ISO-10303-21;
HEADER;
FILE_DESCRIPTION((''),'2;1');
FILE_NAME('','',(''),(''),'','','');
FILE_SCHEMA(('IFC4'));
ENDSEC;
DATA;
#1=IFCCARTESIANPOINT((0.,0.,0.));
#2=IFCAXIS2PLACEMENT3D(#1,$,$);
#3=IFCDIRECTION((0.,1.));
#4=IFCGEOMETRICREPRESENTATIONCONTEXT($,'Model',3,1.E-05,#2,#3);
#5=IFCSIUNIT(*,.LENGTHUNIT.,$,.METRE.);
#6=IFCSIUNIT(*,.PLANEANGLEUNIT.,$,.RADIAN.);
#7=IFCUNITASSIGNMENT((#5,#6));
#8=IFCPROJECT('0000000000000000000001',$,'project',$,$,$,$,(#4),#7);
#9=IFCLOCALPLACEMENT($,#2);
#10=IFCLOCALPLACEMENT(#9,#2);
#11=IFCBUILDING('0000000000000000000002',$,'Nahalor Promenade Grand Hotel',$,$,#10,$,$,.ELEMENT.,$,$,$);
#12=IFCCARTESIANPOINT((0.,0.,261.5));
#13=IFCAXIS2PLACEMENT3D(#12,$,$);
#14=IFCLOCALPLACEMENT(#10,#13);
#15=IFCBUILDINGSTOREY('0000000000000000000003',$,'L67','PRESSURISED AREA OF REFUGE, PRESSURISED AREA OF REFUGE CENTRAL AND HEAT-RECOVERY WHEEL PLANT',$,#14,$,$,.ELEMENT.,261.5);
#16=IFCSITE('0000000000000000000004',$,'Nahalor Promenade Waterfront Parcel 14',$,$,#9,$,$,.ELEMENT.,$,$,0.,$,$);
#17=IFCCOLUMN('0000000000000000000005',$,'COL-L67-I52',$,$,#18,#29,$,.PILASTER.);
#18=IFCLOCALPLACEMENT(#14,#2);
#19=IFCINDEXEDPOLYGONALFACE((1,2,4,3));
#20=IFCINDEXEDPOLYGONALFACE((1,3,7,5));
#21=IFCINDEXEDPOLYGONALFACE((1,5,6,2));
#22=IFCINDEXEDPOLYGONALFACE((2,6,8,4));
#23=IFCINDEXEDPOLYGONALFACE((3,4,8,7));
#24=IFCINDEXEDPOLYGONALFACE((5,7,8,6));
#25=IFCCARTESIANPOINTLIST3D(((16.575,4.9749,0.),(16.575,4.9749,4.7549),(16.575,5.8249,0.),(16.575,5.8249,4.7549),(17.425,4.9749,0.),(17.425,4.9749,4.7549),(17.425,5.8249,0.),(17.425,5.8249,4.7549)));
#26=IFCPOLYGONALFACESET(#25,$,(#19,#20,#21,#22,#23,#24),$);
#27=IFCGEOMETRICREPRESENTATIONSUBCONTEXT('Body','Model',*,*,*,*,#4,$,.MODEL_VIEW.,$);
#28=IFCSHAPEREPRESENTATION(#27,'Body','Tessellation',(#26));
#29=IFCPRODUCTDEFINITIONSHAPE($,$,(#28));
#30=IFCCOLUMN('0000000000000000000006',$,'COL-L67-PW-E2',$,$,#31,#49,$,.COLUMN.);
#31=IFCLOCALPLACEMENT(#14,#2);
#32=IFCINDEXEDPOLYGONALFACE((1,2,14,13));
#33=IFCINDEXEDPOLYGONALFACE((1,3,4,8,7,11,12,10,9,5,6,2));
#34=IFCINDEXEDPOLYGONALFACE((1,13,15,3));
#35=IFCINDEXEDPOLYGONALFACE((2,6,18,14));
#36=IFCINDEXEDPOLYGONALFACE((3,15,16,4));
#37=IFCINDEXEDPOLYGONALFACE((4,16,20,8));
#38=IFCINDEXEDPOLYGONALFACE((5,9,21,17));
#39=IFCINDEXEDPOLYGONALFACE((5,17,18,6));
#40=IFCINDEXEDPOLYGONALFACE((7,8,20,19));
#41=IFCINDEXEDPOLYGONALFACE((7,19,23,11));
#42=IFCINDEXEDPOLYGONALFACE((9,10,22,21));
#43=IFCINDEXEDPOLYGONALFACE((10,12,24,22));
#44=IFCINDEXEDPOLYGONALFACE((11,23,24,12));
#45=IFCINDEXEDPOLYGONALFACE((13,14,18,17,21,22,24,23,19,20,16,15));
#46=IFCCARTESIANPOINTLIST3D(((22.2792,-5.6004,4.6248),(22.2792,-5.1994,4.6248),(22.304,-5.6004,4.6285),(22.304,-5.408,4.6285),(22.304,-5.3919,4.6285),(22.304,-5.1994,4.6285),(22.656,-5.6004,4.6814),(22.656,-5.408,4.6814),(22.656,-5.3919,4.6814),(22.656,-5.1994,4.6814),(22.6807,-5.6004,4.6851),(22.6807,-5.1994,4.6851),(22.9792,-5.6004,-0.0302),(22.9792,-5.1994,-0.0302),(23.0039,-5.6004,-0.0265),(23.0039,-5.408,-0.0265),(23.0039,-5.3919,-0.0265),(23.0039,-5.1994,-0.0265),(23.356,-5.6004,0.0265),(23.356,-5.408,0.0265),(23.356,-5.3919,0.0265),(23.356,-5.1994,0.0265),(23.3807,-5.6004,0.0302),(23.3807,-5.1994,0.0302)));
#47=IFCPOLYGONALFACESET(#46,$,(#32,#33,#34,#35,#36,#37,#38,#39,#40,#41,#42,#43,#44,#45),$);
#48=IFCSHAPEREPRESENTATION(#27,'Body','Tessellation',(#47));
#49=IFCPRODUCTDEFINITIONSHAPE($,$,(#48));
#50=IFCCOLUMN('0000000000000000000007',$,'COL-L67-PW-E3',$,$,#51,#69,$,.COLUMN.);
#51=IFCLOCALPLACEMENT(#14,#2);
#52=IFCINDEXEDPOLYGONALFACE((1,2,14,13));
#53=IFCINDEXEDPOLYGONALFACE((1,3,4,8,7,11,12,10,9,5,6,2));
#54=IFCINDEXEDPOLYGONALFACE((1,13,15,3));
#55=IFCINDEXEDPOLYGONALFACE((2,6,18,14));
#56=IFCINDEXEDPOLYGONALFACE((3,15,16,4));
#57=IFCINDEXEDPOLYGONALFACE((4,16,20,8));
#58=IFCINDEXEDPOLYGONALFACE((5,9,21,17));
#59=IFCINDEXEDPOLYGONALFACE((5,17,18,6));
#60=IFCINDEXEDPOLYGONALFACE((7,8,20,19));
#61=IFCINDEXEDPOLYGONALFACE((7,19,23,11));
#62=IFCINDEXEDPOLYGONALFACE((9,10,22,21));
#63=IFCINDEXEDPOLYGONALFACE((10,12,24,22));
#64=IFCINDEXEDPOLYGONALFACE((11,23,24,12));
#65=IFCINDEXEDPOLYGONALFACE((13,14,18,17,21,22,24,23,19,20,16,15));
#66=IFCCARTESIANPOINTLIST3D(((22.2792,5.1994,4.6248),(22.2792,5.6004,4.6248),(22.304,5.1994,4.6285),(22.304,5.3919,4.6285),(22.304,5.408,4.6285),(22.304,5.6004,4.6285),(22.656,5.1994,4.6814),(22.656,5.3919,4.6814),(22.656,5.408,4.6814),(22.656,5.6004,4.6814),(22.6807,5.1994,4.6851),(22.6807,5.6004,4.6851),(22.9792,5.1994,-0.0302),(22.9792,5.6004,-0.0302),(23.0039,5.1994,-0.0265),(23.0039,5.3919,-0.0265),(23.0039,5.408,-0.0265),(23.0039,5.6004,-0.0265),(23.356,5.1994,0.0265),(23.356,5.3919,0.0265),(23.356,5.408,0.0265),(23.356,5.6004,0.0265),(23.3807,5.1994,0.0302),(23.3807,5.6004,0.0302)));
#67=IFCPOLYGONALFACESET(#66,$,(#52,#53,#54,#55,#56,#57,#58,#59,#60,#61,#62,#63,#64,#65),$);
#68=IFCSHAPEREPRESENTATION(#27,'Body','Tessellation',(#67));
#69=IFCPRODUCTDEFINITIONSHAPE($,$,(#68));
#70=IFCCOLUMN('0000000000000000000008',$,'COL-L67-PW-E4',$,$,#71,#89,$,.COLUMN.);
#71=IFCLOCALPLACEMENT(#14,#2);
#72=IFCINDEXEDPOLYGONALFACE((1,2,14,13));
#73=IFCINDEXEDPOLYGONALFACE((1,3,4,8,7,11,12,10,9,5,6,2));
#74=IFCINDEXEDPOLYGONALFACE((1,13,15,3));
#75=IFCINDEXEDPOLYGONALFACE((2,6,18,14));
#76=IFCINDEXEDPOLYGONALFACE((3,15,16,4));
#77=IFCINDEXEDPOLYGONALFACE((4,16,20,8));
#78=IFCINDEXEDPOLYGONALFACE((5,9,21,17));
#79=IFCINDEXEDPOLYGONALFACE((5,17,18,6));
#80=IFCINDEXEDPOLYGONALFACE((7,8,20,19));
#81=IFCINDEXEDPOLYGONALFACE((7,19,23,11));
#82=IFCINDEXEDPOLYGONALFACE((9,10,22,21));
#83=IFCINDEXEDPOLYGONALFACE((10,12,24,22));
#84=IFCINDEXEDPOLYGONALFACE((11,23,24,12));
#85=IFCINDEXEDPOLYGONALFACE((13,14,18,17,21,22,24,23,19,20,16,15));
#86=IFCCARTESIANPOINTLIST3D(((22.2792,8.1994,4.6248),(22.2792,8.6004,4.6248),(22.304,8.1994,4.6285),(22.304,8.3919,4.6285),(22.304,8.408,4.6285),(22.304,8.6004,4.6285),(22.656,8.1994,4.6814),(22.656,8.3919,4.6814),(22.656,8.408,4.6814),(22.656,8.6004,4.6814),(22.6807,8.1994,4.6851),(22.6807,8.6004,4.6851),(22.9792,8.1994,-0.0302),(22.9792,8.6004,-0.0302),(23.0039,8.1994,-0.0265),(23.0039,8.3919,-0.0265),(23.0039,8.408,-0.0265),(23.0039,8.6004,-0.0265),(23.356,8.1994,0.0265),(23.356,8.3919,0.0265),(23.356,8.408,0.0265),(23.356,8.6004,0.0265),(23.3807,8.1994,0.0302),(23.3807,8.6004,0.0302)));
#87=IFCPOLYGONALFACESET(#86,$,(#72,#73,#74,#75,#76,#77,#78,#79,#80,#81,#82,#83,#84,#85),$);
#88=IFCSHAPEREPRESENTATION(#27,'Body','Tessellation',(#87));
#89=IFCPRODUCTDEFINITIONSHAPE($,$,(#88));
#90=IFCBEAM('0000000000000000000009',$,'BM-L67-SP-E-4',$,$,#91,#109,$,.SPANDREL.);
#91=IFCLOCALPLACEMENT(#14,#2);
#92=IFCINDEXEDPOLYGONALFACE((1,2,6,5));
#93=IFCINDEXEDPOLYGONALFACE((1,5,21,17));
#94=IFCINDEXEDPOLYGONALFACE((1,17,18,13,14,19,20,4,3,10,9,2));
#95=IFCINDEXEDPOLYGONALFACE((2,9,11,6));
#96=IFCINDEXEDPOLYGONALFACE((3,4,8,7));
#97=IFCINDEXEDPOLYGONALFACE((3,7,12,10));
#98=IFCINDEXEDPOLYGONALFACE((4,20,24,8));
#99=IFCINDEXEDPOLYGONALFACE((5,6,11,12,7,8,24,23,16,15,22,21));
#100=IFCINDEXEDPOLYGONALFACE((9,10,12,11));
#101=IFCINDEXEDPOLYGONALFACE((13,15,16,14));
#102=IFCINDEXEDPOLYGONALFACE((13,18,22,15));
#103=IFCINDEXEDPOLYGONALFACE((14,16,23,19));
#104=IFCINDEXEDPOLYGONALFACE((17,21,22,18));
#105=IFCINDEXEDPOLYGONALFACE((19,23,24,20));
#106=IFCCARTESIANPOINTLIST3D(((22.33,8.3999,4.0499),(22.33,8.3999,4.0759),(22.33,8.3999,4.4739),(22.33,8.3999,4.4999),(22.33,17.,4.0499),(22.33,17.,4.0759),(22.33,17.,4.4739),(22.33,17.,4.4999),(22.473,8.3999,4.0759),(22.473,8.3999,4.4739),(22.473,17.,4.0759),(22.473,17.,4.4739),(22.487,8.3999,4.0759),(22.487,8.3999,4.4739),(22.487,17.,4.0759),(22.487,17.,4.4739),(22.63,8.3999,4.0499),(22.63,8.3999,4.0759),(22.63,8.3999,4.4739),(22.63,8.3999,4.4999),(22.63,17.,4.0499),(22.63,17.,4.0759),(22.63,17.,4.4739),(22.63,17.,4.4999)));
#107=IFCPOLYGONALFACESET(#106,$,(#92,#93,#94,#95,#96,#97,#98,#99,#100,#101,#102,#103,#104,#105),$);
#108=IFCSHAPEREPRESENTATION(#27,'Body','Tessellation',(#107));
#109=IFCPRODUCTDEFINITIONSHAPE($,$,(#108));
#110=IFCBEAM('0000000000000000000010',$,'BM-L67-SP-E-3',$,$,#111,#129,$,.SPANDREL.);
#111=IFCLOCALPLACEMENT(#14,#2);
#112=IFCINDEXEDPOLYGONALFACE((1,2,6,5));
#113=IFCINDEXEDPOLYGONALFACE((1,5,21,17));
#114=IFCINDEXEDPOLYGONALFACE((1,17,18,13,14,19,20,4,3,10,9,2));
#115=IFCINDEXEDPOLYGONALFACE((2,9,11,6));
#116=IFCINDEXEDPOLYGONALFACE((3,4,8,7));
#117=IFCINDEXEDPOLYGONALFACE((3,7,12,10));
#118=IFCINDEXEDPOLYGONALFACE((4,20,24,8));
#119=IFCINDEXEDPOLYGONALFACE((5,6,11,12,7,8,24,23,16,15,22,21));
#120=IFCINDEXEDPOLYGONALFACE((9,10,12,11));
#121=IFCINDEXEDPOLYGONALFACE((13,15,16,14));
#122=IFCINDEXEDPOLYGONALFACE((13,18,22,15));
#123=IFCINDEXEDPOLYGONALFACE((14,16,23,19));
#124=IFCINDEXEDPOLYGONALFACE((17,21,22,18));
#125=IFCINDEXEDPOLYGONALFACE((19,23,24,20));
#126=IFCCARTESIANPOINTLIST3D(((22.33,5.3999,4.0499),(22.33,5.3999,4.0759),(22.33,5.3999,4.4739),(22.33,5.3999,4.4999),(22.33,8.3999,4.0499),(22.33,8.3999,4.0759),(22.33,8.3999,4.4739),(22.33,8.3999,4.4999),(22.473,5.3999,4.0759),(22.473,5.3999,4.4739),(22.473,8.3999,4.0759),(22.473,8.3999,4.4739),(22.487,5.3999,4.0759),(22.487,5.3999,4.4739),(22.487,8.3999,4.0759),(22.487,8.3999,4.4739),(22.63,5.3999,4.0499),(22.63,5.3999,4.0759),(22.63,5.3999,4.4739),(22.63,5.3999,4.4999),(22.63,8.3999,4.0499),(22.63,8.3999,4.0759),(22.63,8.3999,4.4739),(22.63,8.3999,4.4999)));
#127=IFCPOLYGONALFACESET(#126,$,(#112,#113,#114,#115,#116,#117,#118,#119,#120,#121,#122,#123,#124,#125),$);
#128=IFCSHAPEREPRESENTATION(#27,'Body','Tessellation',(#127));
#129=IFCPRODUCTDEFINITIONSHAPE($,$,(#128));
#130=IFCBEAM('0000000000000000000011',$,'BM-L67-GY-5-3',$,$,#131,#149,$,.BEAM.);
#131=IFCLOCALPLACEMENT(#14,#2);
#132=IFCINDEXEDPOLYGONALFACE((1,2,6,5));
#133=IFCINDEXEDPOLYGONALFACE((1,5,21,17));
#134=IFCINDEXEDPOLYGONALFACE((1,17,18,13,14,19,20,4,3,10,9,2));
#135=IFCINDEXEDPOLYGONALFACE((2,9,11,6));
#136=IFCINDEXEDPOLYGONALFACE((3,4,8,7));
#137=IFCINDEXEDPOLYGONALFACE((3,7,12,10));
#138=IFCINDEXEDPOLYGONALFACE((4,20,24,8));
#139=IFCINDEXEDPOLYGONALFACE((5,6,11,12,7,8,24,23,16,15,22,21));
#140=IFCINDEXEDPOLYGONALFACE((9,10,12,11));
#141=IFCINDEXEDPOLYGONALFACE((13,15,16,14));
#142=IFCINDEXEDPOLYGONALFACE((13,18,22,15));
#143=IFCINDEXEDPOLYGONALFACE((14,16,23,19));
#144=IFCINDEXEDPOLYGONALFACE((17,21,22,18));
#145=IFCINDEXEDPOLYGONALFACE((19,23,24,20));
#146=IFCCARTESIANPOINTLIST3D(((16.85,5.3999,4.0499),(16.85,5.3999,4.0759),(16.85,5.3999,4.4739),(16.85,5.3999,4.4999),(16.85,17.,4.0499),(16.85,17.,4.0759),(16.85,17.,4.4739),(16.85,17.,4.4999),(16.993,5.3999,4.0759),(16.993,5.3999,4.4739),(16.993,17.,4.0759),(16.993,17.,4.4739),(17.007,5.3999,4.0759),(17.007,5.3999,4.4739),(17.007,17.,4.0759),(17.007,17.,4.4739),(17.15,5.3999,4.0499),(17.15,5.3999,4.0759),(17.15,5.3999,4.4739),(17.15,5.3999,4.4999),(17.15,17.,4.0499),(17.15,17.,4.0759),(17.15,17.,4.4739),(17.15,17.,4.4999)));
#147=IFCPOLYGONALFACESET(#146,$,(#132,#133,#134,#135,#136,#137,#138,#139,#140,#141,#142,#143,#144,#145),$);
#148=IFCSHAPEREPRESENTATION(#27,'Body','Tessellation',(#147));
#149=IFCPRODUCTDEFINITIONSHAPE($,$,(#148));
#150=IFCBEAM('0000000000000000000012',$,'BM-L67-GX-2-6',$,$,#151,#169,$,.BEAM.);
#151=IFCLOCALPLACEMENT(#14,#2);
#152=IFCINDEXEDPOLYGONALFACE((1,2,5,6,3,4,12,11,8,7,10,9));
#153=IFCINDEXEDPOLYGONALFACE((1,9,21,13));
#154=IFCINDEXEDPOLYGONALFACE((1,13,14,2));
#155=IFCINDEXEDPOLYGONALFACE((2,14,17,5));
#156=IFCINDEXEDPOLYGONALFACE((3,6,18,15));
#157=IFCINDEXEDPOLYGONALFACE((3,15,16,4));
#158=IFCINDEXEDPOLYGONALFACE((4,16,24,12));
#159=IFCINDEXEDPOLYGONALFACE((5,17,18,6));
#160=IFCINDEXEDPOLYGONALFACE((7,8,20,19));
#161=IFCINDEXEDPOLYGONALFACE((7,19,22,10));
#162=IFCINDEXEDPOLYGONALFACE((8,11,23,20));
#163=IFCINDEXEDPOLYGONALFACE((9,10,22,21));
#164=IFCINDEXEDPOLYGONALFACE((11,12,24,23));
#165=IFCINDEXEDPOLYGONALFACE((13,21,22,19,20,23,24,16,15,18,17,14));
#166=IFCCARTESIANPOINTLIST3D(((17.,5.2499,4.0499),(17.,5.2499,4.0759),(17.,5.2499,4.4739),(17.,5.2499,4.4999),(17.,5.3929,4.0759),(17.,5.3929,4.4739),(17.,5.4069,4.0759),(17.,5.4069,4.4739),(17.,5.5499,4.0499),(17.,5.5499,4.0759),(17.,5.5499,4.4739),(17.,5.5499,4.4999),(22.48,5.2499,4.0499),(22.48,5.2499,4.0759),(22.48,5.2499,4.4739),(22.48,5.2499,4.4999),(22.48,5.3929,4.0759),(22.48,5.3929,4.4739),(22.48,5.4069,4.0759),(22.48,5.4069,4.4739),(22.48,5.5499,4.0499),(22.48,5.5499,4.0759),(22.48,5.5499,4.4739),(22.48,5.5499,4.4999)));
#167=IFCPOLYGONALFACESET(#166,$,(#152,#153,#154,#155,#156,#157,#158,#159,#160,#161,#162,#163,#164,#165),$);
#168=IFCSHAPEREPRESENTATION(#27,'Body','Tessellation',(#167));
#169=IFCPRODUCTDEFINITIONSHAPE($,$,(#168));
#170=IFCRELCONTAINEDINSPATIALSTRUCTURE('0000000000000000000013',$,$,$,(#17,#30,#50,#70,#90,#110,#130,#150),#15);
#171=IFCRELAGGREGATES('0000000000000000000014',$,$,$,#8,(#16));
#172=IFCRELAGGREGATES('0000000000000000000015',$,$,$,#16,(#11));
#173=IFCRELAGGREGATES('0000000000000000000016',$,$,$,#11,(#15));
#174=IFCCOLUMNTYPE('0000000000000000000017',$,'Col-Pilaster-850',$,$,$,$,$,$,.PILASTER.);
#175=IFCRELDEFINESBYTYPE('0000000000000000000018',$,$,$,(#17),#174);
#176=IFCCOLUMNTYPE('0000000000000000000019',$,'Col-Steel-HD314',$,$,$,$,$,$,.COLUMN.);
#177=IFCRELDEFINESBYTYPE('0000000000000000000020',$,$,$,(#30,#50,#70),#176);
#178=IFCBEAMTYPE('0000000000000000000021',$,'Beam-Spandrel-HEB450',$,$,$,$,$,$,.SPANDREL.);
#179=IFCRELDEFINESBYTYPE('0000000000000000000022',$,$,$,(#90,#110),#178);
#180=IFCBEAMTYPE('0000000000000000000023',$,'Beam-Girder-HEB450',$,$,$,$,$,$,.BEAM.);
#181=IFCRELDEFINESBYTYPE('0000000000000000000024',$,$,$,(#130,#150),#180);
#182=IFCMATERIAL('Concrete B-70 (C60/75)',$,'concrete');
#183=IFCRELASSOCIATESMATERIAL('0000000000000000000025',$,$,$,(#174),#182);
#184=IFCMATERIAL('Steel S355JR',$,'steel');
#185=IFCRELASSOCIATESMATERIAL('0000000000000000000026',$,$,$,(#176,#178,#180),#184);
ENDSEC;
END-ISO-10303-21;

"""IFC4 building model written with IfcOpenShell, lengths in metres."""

from ifc_helpers import new_model, si_unit, direction, frame, origin, origin_2d, place, context, subcontext, project, spatial, rectangle, i_section, extrude, source, transform, mapped, material, material_profile, profile_set, type_object, element, save


model = new_model("IFC4")

# Units and contexts
model_context = context("Model", 3, precision=1e-05, world=origin(), true_north=direction((0.0, 1.0)))
body_context = subcontext(model_context, "Body", "Model", "MODEL_VIEW")
ifc_project = project(units=[si_unit("LENGTHUNIT", "METRE"), si_unit("PLANEANGLEUNIT", "RADIAN")], contexts=[model_context])

# Site, building, storey
site_placement = place(None, origin())
site = spatial("IfcSite", under=ifc_project, at=site_placement, Name="Nahalor Promenade Waterfront Parcel 14", CompositionType="ELEMENT", RefElevation=0.0)
building_placement = place(site_placement, origin())
building = spatial("IfcBuilding", under=site, at=building_placement, Name="Nahalor Promenade Grand Hotel", CompositionType="ELEMENT")
storey_placement = place(building_placement, frame((0.0, 0.0, 261.5)))
storey = spatial("IfcBuildingStorey", under=building, at=storey_placement, Name="L67", Description="PRESSURISED AREA OF REFUGE, PRESSURISED AREA OF REFUGE CENTRAL AND HEAT-RECOVERY WHEEL PLANT", CompositionType="ELEMENT", Elevation=261.5)

# Columns
ifc_material_1 = material(Name="Concrete B-70 (C60/75)", Category="concrete")
ifc_material_profile_1 = material_profile(ifc_material_1, rectangle(XDim=0.85, YDim=0.85, at=origin_2d()), Name="RC 850x850")
ifc_profile_set_1 = profile_set([ifc_material_profile_1], Name="Concrete B-70 (C60/75)")
column_type_1 = type_object("IfcColumnType", Name="Col-Pilaster-850", PredefinedType="PILASTER", material=ifc_profile_set_1)
shared_shape_1 = source(origin(), body_context, "Body", "SweptSolid", [
    extrude(rectangle(XDim=0.85, YDim=0.85, at=origin_2d()), origin(), (0.0, 0.0, 1.0), 4.7549),
])
column_placement = place(storey_placement, frame((17.0, 5.3999, 0.0), z_axis=(0.0, 0.0, 1.0), x_axis=(1.0, 0.0, 0.0)))
element("IfcColumn", 1, at=column_placement, inside=storey, type_object=column_type_1, Name="COL-L67-I52", PredefinedType="PILASTER", context=body_context, shape_type="MappedRepresentation", body=[
    mapped(shared_shape_1, transform((0.0, 0.0, 0.0), scale=1.0)),
])
ifc_material_2 = material(Name="Steel S355JR", Category="steel")
ifc_material_profile_2 = material_profile(ifc_material_2, i_section(OverallWidth=0.401, OverallDepth=0.406, WebThickness=0.0161, FlangeThickness=0.025, at=origin_2d()), Name="HD 400x314")
ifc_profile_set_2 = profile_set([ifc_material_profile_2], Name="Steel S355JR")
column_type_2 = type_object("IfcColumnType", Name="Col-Steel-HD314", PredefinedType="COLUMN", material=ifc_profile_set_2)
shared_shape_2 = source(origin(), body_context, "Body", "SweptSolid", [
    extrude(i_section(OverallWidth=0.401, OverallDepth=0.406, WebThickness=0.0161, FlangeThickness=0.025, at=origin_2d()), origin(), (0.0, 0.0, 1.0), 4.7073),
])
for number, where, z_axis, x_axis, name in (
    (2, (23.1799, -5.3999, 0.0), (-0.148693, 0.0, 0.988883), (0.0, -1.0, 0.0), "COL-L67-PW-E2"),
    (3, (23.1799, 5.3999, 0.0), (-0.148693, 0.0, 0.988883), (0.0, -1.0, 0.0), "COL-L67-PW-E3"),
    (4, (23.1799, 8.3999, 0.0), (-0.148693, 0.0, 0.988883), (0.0, -1.0, 0.0), "COL-L67-PW-E4"),
):
    element("IfcColumn", number, at=place(storey_placement, frame(where, z_axis=z_axis, x_axis=x_axis)), inside=storey, type_object=column_type_2, Name=name, PredefinedType="COLUMN", context=body_context, shape_type="MappedRepresentation", body=[
        mapped(shared_shape_2, transform((0.0, 0.0, 0.0), scale=1.0)),
    ])

# Beams
ifc_material_profile_3 = material_profile(ifc_material_2, i_section(OverallWidth=0.3, OverallDepth=0.45, WebThickness=0.014, FlangeThickness=0.026, at=origin_2d()), Name="HEB 450")
ifc_profile_set_3 = profile_set([ifc_material_profile_3], Name="Steel S355JR")
beam_type_1 = type_object("IfcBeamType", Name="Beam-Spandrel-HEB450", PredefinedType="SPANDREL", material=ifc_profile_set_3)
shared_shape_3 = source(origin(), body_context, "Body", "SweptSolid", [
    extrude(i_section(OverallWidth=0.3, OverallDepth=0.45, WebThickness=0.014, FlangeThickness=0.026, at=origin_2d()), origin(), (0.0, 0.0, 1.0), 8.6001),
])
beam_1_placement = place(storey_placement, frame((22.48, 8.3999, 4.2749), z_axis=(0.0, 1.0, 0.0), x_axis=(-1.0, 0.0, 0.0)))
element("IfcBeam", 5, at=beam_1_placement, inside=storey, type_object=beam_type_1, Name="BM-L67-SP-E-4", PredefinedType="SPANDREL", context=body_context, shape_type="MappedRepresentation", body=[
    mapped(shared_shape_3, transform((0.0, 0.0, 0.0), scale=1.0)),
])
shared_shape_4 = source(origin(), body_context, "Body", "SweptSolid", [
    extrude(i_section(OverallWidth=0.3, OverallDepth=0.45, WebThickness=0.014, FlangeThickness=0.026, at=origin_2d()), origin(), (0.0, 0.0, 1.0), 3.0),
])
beam_2_placement = place(storey_placement, frame((22.48, 5.3999, 4.2749), z_axis=(0.0, 1.0, 0.0), x_axis=(-1.0, 0.0, 0.0)))
element("IfcBeam", 6, at=beam_2_placement, inside=storey, type_object=beam_type_1, Name="BM-L67-SP-E-3", PredefinedType="SPANDREL", context=body_context, shape_type="MappedRepresentation", body=[
    mapped(shared_shape_4, transform((0.0, 0.0, 0.0), scale=1.0)),
])
ifc_material_profile_4 = material_profile(ifc_material_2, i_section(OverallWidth=0.3, OverallDepth=0.45, WebThickness=0.014, FlangeThickness=0.026, at=origin_2d()), Name="HEB 450")
ifc_profile_set_4 = profile_set([ifc_material_profile_4], Name="Steel S355JR")
beam_type_2 = type_object("IfcBeamType", Name="Beam-Girder-HEB450", PredefinedType="BEAM", material=ifc_profile_set_4)
shared_shape_5 = source(origin(), body_context, "Body", "SweptSolid", [
    extrude(i_section(OverallWidth=0.3, OverallDepth=0.45, WebThickness=0.014, FlangeThickness=0.026, at=origin_2d()), origin(), (0.0, 0.0, 1.0), 11.6001),
])
beam_3_placement = place(storey_placement, frame((17.0, 5.3999, 4.2749), z_axis=(0.0, 1.0, 0.0), x_axis=(-1.0, 0.0, 0.0)))
element("IfcBeam", 7, at=beam_3_placement, inside=storey, type_object=beam_type_2, Name="BM-L67-GY-5-3", PredefinedType="BEAM", context=body_context, shape_type="MappedRepresentation", body=[
    mapped(shared_shape_5, transform((0.0, 0.0, 0.0), scale=1.0)),
])
shared_shape_6 = source(origin(), body_context, "Body", "SweptSolid", [
    extrude(i_section(OverallWidth=0.3, OverallDepth=0.45, WebThickness=0.014, FlangeThickness=0.026, at=origin_2d()), origin(), (0.0, 0.0, 1.0), 5.48),
])
beam_4_placement = place(storey_placement, frame((17.0, 5.3999, 4.2749), z_axis=(1.0, 0.0, 0.0), x_axis=(0.0, 1.0, 0.0)))
element("IfcBeam", 8, at=beam_4_placement, inside=storey, type_object=beam_type_2, Name="BM-L67-GX-2-6", PredefinedType="BEAM", context=body_context, shape_type="MappedRepresentation", body=[
    mapped(shared_shape_6, transform((0.0, 0.0, 0.0), scale=1.0)),
])

save(model, "model.ifc")
